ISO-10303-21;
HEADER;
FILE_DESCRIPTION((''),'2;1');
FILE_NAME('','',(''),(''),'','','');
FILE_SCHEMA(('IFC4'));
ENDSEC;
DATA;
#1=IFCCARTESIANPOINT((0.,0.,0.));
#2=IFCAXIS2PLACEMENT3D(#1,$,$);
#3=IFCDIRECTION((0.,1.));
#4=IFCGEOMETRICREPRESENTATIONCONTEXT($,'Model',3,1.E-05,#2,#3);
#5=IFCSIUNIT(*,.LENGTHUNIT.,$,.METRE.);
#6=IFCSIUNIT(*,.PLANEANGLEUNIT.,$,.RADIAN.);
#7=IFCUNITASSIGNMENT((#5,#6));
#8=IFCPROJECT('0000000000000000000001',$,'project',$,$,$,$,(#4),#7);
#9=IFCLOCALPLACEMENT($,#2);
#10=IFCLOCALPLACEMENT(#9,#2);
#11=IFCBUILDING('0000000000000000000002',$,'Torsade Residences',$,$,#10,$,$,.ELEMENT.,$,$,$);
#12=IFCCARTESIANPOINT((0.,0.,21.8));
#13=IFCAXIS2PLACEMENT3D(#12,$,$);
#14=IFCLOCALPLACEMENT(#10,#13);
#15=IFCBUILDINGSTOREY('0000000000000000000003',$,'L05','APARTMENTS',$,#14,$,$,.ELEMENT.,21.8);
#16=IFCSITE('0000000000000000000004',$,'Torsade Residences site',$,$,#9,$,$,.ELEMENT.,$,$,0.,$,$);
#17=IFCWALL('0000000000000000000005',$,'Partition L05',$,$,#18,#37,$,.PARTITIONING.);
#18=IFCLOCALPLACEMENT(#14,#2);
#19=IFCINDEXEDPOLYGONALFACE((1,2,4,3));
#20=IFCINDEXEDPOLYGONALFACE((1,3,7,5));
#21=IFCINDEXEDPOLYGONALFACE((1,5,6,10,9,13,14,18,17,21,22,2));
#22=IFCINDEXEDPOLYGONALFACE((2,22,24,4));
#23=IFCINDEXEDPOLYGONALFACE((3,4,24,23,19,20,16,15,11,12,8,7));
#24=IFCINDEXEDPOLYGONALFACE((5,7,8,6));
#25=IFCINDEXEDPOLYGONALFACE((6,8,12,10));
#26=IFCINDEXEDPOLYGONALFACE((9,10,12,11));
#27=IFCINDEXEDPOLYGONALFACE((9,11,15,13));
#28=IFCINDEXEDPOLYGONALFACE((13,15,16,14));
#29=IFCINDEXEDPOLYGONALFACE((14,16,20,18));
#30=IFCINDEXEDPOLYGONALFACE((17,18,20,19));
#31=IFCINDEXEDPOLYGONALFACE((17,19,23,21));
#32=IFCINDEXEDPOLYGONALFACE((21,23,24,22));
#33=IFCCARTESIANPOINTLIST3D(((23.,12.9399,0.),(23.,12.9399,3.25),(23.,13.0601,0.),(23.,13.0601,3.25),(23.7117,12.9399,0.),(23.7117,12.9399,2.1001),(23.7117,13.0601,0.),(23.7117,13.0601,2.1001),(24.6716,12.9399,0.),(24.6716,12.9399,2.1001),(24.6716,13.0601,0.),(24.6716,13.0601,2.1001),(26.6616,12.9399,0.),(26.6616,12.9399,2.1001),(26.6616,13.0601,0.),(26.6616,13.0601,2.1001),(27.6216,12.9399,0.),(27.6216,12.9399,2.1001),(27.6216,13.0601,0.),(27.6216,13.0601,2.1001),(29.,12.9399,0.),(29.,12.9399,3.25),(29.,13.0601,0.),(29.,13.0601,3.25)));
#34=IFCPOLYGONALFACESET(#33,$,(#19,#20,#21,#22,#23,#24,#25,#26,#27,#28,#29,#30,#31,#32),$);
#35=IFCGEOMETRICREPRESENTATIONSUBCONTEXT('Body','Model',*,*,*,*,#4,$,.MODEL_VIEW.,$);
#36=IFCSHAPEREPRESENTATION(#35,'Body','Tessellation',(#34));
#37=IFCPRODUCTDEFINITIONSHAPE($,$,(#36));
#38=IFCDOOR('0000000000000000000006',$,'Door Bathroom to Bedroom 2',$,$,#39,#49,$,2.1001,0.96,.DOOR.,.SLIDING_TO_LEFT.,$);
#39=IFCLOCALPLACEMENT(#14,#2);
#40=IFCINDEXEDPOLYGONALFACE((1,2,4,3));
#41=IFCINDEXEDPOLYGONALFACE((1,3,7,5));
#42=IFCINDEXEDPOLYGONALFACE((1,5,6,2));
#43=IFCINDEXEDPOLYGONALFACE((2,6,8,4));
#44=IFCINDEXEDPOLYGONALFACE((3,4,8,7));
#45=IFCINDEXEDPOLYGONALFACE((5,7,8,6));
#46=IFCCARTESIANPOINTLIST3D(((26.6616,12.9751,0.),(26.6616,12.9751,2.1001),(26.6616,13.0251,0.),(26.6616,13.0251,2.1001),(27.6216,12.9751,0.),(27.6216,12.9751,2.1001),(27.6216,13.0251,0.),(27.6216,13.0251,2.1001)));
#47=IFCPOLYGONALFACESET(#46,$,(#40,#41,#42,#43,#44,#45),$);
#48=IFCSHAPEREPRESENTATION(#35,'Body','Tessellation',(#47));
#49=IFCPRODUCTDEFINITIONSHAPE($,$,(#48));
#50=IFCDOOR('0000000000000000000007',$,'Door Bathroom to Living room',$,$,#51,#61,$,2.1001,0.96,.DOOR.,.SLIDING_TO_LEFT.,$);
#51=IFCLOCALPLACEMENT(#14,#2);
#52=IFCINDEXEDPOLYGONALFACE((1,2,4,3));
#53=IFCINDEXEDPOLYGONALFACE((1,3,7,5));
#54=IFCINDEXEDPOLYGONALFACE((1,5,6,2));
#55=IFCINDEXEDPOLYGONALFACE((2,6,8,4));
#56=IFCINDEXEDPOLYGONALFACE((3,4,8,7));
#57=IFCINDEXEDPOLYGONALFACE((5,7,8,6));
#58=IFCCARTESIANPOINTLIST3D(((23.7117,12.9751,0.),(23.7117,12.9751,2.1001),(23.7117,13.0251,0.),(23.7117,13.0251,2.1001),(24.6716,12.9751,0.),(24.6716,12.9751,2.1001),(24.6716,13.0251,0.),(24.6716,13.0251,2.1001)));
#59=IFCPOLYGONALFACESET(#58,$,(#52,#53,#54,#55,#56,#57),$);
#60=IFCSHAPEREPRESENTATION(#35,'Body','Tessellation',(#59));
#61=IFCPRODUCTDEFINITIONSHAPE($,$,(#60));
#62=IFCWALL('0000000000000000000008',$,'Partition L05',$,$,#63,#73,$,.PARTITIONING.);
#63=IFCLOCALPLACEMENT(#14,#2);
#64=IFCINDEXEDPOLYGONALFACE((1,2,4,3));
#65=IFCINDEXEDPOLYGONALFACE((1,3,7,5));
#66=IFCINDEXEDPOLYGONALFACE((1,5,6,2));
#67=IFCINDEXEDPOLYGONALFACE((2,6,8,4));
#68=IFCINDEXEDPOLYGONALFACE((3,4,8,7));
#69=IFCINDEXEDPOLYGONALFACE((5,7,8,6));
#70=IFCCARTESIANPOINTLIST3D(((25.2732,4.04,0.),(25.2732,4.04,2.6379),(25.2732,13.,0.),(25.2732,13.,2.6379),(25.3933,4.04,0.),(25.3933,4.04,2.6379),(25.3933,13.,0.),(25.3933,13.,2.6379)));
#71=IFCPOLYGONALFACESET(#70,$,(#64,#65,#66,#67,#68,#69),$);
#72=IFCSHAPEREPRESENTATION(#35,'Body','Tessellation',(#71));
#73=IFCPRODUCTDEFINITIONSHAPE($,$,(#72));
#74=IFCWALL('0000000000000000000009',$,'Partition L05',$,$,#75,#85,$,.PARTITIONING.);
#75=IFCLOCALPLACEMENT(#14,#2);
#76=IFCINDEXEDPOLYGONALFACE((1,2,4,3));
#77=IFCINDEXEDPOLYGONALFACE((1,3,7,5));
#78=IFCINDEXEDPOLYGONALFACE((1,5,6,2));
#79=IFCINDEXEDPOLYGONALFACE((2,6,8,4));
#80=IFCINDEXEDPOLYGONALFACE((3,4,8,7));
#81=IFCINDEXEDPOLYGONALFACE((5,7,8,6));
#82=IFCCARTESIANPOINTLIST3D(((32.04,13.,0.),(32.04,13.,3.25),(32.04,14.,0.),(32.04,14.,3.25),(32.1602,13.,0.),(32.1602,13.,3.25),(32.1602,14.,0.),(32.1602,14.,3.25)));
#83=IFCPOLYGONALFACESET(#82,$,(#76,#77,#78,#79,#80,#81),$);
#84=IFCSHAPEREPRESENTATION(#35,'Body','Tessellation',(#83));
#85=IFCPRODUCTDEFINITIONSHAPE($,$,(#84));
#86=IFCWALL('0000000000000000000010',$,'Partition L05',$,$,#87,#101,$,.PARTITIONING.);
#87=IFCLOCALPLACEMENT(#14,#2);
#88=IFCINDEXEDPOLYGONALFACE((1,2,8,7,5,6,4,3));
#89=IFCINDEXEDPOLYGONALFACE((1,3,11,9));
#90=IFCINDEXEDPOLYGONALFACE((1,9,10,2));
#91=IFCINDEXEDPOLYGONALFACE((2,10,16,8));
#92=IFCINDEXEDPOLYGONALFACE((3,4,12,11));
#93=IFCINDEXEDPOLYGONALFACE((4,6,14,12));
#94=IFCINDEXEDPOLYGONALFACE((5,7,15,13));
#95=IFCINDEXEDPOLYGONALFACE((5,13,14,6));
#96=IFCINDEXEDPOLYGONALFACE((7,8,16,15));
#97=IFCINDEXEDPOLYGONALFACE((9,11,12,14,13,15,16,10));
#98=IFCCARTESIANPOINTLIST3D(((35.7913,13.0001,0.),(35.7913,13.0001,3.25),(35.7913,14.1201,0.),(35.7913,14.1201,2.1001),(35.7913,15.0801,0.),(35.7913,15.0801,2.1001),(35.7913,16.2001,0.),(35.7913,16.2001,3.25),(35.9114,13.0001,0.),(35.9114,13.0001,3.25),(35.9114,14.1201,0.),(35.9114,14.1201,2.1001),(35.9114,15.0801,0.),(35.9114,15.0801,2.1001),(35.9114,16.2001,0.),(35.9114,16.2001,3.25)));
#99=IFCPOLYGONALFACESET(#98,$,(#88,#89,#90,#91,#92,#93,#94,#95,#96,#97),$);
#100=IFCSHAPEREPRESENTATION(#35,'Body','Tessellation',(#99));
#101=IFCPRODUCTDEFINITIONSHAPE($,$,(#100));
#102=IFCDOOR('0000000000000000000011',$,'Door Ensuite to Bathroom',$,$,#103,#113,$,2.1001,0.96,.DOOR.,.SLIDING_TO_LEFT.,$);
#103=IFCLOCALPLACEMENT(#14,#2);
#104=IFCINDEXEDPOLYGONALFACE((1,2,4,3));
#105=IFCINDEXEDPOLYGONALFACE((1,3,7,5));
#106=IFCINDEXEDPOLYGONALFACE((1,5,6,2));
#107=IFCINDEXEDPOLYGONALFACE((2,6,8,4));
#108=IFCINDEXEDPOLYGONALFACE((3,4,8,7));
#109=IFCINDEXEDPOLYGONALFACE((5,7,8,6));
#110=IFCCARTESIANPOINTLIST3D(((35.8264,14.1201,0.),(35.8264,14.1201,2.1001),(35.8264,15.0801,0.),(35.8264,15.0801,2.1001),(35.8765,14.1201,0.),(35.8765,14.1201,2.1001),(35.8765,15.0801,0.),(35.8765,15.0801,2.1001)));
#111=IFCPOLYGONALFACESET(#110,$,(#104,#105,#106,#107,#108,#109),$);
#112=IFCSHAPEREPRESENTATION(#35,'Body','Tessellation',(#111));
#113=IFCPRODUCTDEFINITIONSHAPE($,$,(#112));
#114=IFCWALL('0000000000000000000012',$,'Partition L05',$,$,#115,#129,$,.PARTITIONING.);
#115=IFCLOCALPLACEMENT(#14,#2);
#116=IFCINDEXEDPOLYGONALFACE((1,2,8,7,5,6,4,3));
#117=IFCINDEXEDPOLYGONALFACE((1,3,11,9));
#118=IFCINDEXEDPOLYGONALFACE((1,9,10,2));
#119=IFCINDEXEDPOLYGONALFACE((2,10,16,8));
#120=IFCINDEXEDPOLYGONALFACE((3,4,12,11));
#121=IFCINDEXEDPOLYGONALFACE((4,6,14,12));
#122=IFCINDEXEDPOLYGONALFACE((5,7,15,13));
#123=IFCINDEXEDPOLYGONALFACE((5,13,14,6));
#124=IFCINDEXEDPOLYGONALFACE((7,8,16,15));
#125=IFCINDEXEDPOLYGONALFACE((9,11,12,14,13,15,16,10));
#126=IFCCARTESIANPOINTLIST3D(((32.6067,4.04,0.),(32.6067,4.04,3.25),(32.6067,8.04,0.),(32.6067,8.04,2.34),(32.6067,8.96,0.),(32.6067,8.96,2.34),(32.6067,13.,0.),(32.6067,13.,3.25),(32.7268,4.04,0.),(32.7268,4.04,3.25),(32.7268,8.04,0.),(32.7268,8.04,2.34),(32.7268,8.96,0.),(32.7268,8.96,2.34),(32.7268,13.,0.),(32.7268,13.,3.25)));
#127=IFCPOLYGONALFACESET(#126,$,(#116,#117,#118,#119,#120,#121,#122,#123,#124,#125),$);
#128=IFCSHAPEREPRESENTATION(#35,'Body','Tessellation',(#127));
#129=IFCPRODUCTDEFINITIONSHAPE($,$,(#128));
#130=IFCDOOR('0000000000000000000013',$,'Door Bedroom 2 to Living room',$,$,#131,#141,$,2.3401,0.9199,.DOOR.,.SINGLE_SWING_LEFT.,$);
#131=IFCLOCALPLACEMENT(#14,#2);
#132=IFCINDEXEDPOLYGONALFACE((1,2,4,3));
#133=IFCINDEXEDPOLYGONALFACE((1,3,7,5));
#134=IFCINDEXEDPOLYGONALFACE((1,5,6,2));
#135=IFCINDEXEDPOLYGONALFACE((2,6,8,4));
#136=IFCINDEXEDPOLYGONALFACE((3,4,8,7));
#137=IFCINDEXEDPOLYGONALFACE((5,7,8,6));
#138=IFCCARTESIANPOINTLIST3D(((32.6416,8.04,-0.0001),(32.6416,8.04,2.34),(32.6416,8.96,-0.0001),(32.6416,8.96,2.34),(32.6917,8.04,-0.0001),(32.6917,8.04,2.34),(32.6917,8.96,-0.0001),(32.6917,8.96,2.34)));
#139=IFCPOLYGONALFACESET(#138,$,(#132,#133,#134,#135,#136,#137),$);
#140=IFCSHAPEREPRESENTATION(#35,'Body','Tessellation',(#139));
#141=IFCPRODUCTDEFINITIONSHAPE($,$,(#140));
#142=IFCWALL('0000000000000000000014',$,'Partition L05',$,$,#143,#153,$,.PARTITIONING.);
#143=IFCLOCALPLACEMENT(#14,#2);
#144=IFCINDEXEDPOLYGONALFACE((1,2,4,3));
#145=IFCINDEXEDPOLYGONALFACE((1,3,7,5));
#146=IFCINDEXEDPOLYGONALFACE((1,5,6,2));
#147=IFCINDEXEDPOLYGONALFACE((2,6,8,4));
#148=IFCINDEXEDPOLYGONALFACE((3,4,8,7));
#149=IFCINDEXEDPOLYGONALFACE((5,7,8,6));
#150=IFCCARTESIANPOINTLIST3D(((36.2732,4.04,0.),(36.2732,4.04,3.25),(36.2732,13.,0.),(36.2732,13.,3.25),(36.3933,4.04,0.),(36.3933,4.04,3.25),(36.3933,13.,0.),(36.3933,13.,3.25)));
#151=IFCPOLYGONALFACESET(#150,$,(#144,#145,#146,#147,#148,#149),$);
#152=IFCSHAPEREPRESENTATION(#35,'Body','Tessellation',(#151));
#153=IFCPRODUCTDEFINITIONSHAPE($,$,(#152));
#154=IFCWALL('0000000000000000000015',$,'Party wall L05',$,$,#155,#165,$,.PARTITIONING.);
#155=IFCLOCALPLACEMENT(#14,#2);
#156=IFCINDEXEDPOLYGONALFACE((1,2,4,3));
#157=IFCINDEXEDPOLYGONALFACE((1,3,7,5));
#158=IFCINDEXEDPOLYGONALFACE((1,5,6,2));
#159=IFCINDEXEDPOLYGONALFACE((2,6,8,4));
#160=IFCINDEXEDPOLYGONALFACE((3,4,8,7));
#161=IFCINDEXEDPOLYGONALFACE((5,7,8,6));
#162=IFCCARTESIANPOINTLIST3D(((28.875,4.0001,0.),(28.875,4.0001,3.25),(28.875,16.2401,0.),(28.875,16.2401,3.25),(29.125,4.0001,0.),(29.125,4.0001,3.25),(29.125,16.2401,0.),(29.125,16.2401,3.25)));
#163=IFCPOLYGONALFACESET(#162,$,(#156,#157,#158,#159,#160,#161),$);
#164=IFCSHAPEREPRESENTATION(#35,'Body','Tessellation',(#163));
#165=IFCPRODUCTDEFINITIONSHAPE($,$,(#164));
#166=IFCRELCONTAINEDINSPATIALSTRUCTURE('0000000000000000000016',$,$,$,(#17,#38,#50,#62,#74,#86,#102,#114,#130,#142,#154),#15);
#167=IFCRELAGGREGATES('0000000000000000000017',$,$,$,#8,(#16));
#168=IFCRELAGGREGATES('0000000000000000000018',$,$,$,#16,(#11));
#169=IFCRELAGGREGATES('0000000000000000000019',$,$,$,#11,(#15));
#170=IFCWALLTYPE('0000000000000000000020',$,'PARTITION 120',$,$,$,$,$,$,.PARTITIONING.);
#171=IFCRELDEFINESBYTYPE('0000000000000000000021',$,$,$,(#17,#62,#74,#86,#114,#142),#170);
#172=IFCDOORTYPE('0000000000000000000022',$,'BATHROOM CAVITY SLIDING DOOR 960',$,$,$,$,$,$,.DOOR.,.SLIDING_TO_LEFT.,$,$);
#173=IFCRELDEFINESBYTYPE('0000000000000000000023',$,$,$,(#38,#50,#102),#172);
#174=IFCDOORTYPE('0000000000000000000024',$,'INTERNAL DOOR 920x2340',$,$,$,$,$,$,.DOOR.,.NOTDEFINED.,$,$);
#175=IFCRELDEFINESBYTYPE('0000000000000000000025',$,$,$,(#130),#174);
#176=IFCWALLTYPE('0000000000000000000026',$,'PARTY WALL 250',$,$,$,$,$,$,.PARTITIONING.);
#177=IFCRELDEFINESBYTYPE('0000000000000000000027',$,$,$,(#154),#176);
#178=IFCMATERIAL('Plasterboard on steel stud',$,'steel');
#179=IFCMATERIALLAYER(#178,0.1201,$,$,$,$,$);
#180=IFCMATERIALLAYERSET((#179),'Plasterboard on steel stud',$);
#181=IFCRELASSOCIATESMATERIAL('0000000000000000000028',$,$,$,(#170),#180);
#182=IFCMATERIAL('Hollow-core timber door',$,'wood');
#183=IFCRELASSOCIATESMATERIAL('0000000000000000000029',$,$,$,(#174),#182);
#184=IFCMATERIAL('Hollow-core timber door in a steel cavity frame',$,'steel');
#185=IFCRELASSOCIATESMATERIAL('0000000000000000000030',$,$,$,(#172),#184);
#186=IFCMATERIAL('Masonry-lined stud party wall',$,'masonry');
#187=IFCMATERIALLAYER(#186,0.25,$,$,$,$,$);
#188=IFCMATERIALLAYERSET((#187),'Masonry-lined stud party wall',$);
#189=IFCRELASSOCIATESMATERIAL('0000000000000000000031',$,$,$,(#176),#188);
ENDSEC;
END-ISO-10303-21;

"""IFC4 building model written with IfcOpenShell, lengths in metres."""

from ifc_helpers import new_model, si_unit, direction, frame, frame_2d, origin, place, context, subcontext, project, spatial, rectangle, extrude, material, layer, layer_set, type_object, element, fill, save


model = new_model("IFC4")

# Units and contexts
model_context = context("Model", 3, precision=1e-05, world=origin(), true_north=direction((0.0, 1.0)))
body_context = subcontext(model_context, "Body", "Model", "MODEL_VIEW")
ifc_project = project(units=[si_unit("LENGTHUNIT", "METRE"), si_unit("PLANEANGLEUNIT", "RADIAN")], contexts=[model_context])

# Site, building, storey
site_placement = place(None, origin())
site = spatial("IfcSite", under=ifc_project, at=site_placement, Name="Torsade Residences site", CompositionType="ELEMENT", RefElevation=0.0)
building_placement = place(site_placement, origin())
building = spatial("IfcBuilding", under=site, at=building_placement, Name="Torsade Residences", CompositionType="ELEMENT")
storey_placement = place(building_placement, frame((0.0, 0.0, 21.8)))
storey = spatial("IfcBuildingStorey", under=building, at=storey_placement, Name="L05", Description="APARTMENTS", CompositionType="ELEMENT", Elevation=21.8)

# Shared definitions
ifc_material_1 = material(Name="Plasterboard on steel stud", Category="steel")
ifc_layer_1 = layer(ifc_material_1, 0.1201)
ifc_layer_set_1 = layer_set([ifc_layer_1], Name="Plasterboard on steel stud")
wall_type_1 = type_object("IfcWallType", Name="PARTITION 120", PredefinedType="PARTITIONING", material=ifc_layer_set_1)
ifc_material_2 = material(Name="Hollow-core timber door", Category="wood")
door_type_1 = type_object("IfcDoorType", Name="INTERNAL DOOR 920x2340", OperationType="NOTDEFINED", PredefinedType="DOOR", material=ifc_material_2)

# Wall, openings, doors
wall_1_placement = place(storey_placement, frame((29.0, 13.0, 0.0), z_axis=(0.0, 0.0, 1.0), x_axis=(-1.0, 0.0, 0.0)))
wall_1 = element("IfcWall", 1, at=wall_1_placement, inside=storey, type_object=wall_type_1, Name="Partition L05", PredefinedType="PARTITIONING", context=body_context, shape_type="SweptSolid", body=[
    extrude(rectangle(XDim=6.0, YDim=0.1201, at=frame_2d((3.0, 0.0))), origin(), (0.0, 0.0, 1.0), 3.25),
])
opening_1_placement = place(wall_1_placement, frame((1.3784, 0.0, 0.0)))
opening_1 = element("IfcOpeningElement", 2, at=opening_1_placement, cuts=wall_1, PredefinedType="OPENING", context=body_context, shape_type="SweptSolid", body=[
    extrude(rectangle(XDim=0.96, YDim=2.1001, at=frame_2d((0.48, 1.05))), frame((0.0, 0.0701, 0.0), z_axis=(0.0, -1.0, 0.0), x_axis=(1.0, 0.0, 0.0)), (0.0, 0.0, 1.0), 0.1401),
])
opening_2_placement = place(wall_1_placement, frame((4.3284, 0.0, 0.0)))
opening_2 = element("IfcOpeningElement", 3, at=opening_2_placement, cuts=wall_1, PredefinedType="OPENING", context=body_context, shape_type="SweptSolid", body=[
    extrude(rectangle(XDim=0.96, YDim=2.1001, at=frame_2d((0.48, 1.05))), frame((0.0, 0.0701, 0.0), z_axis=(0.0, -1.0, 0.0), x_axis=(1.0, 0.0, 0.0)), (0.0, 0.0, 1.0), 0.1401),
])
ifc_material_3 = material(Name="Hollow-core timber door in a steel cavity frame", Category="steel")
door_type_2 = type_object("IfcDoorType", Name="BATHROOM CAVITY SLIDING DOOR 960", OperationType="SLIDING_TO_LEFT", PredefinedType="DOOR", material=ifc_material_3)
door_1_placement = place(opening_1_placement, origin())
door_1 = element("IfcDoor", 4, at=door_1_placement, inside=storey, type_object=door_type_2, Name="Door Bathroom to Bedroom 2", OperationType="SLIDING_TO_LEFT", OverallHeight=2.1001, OverallWidth=0.96, PredefinedType="DOOR", context=body_context, shape_type="SweptSolid", body=[
    extrude(rectangle(XDim=0.96, YDim=2.1001, at=frame_2d((0.48, 1.05))), frame((0.0, 0.0249, 0.0), z_axis=(0.0, -1.0, 0.0), x_axis=(1.0, 0.0, 0.0)), (0.0, 0.0, 1.0), 0.05),
])
fill(opening_1, door_1)
door_2_placement = place(opening_2_placement, origin())
door_2 = element("IfcDoor", 5, at=door_2_placement, inside=storey, type_object=door_type_2, Name="Door Bathroom to Living room", OperationType="SLIDING_TO_LEFT", OverallHeight=2.1001, OverallWidth=0.96, PredefinedType="DOOR", context=body_context, shape_type="SweptSolid", body=[
    extrude(rectangle(XDim=0.96, YDim=2.1001, at=frame_2d((0.48, 1.05))), frame((0.0, 0.0249, 0.0), z_axis=(0.0, -1.0, 0.0), x_axis=(1.0, 0.0, 0.0)), (0.0, 0.0, 1.0), 0.05),
])
fill(opening_2, door_2)

# Walls
wall_2_placement = place(storey_placement, frame((25.3333, 13.0, 0.0), z_axis=(0.0, 0.0, 1.0), x_axis=(0.0, -1.0, 0.0)))
element("IfcWall", 6, at=wall_2_placement, inside=storey, type_object=wall_type_1, Name="Partition L05", PredefinedType="PARTITIONING", context=body_context, shape_type="SweptSolid", body=[
    extrude(rectangle(XDim=8.96, YDim=0.1201, at=frame_2d((4.48, 0.0))), origin(), (0.0, 0.0, 1.0), 2.6379),
])
wall_3_placement = place(storey_placement, frame((32.1001, 13.0, 0.0), z_axis=(0.0, 0.0, 1.0), x_axis=(0.0, 1.0, 0.0)))
element("IfcWall", 7, at=wall_3_placement, inside=storey, type_object=wall_type_1, Name="Partition L05", PredefinedType="PARTITIONING", context=body_context, shape_type="SweptSolid", body=[
    extrude(rectangle(XDim=1.0, YDim=0.1201, at=frame_2d((0.5, 0.0))), origin(), (0.0, 0.0, 1.0), 3.25),
])

# Walls, openings, doors
wall_4_placement = place(storey_placement, frame((35.8513, 13.0, 0.0), z_axis=(0.0, 0.0, 1.0), x_axis=(0.0, 1.0, 0.0)))
wall_4 = element("IfcWall", 8, at=wall_4_placement, inside=storey, type_object=wall_type_1, Name="Partition L05", PredefinedType="PARTITIONING", context=body_context, shape_type="SweptSolid", body=[
    extrude(rectangle(XDim=3.2, YDim=0.1201, at=frame_2d((1.6001, 0.0))), origin(), (0.0, 0.0, 1.0), 3.25),
])
opening_3_placement = place(wall_4_placement, frame((1.1201, 0.0, 0.0)))
opening_3 = element("IfcOpeningElement", 9, at=opening_3_placement, cuts=wall_4, PredefinedType="OPENING", context=body_context, shape_type="SweptSolid", body=[
    extrude(rectangle(XDim=0.96, YDim=2.1001, at=frame_2d((0.48, 1.05))), frame((0.0, 0.0701, 0.0), z_axis=(0.0, -1.0, 0.0), x_axis=(1.0, 0.0, 0.0)), (0.0, 0.0, 1.0), 0.1401),
])
door_3_placement = place(opening_3_placement, origin())
door_3 = element("IfcDoor", 10, at=door_3_placement, inside=storey, type_object=door_type_2, Name="Door Ensuite to Bathroom", OperationType="SLIDING_TO_LEFT", OverallHeight=2.1001, OverallWidth=0.96, PredefinedType="DOOR", context=body_context, shape_type="SweptSolid", body=[
    extrude(rectangle(XDim=0.96, YDim=2.1001, at=frame_2d((0.48, 1.05))), frame((0.0, 0.0249, 0.0), z_axis=(0.0, -1.0, 0.0), x_axis=(1.0, 0.0, 0.0)), (0.0, 0.0, 1.0), 0.05),
])
fill(opening_3, door_3)
wall_5_placement = place(storey_placement, frame((32.6667, 13.0, 0.0), z_axis=(0.0, 0.0, 1.0), x_axis=(0.0, -1.0, 0.0)))
wall_5 = element("IfcWall", 11, at=wall_5_placement, inside=storey, type_object=wall_type_1, Name="Partition L05", PredefinedType="PARTITIONING", context=body_context, shape_type="SweptSolid", body=[
    extrude(rectangle(XDim=8.96, YDim=0.1201, at=frame_2d((4.48, 0.0))), origin(), (0.0, 0.0, 1.0), 3.25),
])
opening_4_placement = place(wall_5_placement, frame((4.04, 0.0, 0.0)))
opening_4 = element("IfcOpeningElement", 12, at=opening_4_placement, cuts=wall_5, PredefinedType="OPENING", context=body_context, shape_type="SweptSolid", body=[
    extrude(rectangle(XDim=0.9199, YDim=2.3401, at=frame_2d((0.46, 1.1699))), frame((0.0, 0.0701, 0.0), z_axis=(0.0, -1.0, 0.0), x_axis=(1.0, 0.0, 0.0)), (0.0, 0.0, 1.0), 0.1401),
])
door_4_placement = place(opening_4_placement, origin())
door_4 = element("IfcDoor", 13, at=door_4_placement, inside=storey, type_object=door_type_1, Name="Door Bedroom 2 to Living room", OperationType="SINGLE_SWING_LEFT", OverallHeight=2.3401, OverallWidth=0.9199, PredefinedType="DOOR", context=body_context, shape_type="SweptSolid", body=[
    extrude(rectangle(XDim=0.9199, YDim=2.3401, at=frame_2d((0.46, 1.1699))), frame((0.0, 0.0249, 0.0), z_axis=(0.0, -1.0, 0.0), x_axis=(1.0, 0.0, 0.0)), (0.0, 0.0, 1.0), 0.05),
])
fill(opening_4, door_4)

# Walls
wall_6_placement = place(storey_placement, frame((36.3333, 4.04, 0.0), z_axis=(0.0, 0.0, 1.0), x_axis=(0.0, 1.0, 0.0)))
element("IfcWall", 14, at=wall_6_placement, inside=storey, type_object=wall_type_1, Name="Partition L05", PredefinedType="PARTITIONING", context=body_context, shape_type="SweptSolid", body=[
    extrude(rectangle(XDim=8.96, YDim=0.1201, at=frame_2d((4.48, 0.0))), origin(), (0.0, 0.0, 1.0), 3.25),
])
ifc_material_4 = material(Name="Masonry-lined stud party wall", Category="masonry")
ifc_layer_2 = layer(ifc_material_4, 0.25)
ifc_layer_set_2 = layer_set([ifc_layer_2], Name="Masonry-lined stud party wall")
wall_type_2 = type_object("IfcWallType", Name="PARTY WALL 250", PredefinedType="PARTITIONING", material=ifc_layer_set_2)
wall_7_placement = place(storey_placement, frame((29.0, 4.0, 0.0), z_axis=(0.0, 0.0, 1.0), x_axis=(0.0, 1.0, 0.0)))
element("IfcWall", 15, at=wall_7_placement, inside=storey, type_object=wall_type_2, Name="Party wall L05", PredefinedType="PARTITIONING", context=body_context, shape_type="SweptSolid", body=[
    extrude(rectangle(XDim=12.24, YDim=0.25, at=frame_2d((6.1201, 0.0))), origin(), (0.0, 0.0, 1.0), 3.25),
])

save(model, "model.ifc")
